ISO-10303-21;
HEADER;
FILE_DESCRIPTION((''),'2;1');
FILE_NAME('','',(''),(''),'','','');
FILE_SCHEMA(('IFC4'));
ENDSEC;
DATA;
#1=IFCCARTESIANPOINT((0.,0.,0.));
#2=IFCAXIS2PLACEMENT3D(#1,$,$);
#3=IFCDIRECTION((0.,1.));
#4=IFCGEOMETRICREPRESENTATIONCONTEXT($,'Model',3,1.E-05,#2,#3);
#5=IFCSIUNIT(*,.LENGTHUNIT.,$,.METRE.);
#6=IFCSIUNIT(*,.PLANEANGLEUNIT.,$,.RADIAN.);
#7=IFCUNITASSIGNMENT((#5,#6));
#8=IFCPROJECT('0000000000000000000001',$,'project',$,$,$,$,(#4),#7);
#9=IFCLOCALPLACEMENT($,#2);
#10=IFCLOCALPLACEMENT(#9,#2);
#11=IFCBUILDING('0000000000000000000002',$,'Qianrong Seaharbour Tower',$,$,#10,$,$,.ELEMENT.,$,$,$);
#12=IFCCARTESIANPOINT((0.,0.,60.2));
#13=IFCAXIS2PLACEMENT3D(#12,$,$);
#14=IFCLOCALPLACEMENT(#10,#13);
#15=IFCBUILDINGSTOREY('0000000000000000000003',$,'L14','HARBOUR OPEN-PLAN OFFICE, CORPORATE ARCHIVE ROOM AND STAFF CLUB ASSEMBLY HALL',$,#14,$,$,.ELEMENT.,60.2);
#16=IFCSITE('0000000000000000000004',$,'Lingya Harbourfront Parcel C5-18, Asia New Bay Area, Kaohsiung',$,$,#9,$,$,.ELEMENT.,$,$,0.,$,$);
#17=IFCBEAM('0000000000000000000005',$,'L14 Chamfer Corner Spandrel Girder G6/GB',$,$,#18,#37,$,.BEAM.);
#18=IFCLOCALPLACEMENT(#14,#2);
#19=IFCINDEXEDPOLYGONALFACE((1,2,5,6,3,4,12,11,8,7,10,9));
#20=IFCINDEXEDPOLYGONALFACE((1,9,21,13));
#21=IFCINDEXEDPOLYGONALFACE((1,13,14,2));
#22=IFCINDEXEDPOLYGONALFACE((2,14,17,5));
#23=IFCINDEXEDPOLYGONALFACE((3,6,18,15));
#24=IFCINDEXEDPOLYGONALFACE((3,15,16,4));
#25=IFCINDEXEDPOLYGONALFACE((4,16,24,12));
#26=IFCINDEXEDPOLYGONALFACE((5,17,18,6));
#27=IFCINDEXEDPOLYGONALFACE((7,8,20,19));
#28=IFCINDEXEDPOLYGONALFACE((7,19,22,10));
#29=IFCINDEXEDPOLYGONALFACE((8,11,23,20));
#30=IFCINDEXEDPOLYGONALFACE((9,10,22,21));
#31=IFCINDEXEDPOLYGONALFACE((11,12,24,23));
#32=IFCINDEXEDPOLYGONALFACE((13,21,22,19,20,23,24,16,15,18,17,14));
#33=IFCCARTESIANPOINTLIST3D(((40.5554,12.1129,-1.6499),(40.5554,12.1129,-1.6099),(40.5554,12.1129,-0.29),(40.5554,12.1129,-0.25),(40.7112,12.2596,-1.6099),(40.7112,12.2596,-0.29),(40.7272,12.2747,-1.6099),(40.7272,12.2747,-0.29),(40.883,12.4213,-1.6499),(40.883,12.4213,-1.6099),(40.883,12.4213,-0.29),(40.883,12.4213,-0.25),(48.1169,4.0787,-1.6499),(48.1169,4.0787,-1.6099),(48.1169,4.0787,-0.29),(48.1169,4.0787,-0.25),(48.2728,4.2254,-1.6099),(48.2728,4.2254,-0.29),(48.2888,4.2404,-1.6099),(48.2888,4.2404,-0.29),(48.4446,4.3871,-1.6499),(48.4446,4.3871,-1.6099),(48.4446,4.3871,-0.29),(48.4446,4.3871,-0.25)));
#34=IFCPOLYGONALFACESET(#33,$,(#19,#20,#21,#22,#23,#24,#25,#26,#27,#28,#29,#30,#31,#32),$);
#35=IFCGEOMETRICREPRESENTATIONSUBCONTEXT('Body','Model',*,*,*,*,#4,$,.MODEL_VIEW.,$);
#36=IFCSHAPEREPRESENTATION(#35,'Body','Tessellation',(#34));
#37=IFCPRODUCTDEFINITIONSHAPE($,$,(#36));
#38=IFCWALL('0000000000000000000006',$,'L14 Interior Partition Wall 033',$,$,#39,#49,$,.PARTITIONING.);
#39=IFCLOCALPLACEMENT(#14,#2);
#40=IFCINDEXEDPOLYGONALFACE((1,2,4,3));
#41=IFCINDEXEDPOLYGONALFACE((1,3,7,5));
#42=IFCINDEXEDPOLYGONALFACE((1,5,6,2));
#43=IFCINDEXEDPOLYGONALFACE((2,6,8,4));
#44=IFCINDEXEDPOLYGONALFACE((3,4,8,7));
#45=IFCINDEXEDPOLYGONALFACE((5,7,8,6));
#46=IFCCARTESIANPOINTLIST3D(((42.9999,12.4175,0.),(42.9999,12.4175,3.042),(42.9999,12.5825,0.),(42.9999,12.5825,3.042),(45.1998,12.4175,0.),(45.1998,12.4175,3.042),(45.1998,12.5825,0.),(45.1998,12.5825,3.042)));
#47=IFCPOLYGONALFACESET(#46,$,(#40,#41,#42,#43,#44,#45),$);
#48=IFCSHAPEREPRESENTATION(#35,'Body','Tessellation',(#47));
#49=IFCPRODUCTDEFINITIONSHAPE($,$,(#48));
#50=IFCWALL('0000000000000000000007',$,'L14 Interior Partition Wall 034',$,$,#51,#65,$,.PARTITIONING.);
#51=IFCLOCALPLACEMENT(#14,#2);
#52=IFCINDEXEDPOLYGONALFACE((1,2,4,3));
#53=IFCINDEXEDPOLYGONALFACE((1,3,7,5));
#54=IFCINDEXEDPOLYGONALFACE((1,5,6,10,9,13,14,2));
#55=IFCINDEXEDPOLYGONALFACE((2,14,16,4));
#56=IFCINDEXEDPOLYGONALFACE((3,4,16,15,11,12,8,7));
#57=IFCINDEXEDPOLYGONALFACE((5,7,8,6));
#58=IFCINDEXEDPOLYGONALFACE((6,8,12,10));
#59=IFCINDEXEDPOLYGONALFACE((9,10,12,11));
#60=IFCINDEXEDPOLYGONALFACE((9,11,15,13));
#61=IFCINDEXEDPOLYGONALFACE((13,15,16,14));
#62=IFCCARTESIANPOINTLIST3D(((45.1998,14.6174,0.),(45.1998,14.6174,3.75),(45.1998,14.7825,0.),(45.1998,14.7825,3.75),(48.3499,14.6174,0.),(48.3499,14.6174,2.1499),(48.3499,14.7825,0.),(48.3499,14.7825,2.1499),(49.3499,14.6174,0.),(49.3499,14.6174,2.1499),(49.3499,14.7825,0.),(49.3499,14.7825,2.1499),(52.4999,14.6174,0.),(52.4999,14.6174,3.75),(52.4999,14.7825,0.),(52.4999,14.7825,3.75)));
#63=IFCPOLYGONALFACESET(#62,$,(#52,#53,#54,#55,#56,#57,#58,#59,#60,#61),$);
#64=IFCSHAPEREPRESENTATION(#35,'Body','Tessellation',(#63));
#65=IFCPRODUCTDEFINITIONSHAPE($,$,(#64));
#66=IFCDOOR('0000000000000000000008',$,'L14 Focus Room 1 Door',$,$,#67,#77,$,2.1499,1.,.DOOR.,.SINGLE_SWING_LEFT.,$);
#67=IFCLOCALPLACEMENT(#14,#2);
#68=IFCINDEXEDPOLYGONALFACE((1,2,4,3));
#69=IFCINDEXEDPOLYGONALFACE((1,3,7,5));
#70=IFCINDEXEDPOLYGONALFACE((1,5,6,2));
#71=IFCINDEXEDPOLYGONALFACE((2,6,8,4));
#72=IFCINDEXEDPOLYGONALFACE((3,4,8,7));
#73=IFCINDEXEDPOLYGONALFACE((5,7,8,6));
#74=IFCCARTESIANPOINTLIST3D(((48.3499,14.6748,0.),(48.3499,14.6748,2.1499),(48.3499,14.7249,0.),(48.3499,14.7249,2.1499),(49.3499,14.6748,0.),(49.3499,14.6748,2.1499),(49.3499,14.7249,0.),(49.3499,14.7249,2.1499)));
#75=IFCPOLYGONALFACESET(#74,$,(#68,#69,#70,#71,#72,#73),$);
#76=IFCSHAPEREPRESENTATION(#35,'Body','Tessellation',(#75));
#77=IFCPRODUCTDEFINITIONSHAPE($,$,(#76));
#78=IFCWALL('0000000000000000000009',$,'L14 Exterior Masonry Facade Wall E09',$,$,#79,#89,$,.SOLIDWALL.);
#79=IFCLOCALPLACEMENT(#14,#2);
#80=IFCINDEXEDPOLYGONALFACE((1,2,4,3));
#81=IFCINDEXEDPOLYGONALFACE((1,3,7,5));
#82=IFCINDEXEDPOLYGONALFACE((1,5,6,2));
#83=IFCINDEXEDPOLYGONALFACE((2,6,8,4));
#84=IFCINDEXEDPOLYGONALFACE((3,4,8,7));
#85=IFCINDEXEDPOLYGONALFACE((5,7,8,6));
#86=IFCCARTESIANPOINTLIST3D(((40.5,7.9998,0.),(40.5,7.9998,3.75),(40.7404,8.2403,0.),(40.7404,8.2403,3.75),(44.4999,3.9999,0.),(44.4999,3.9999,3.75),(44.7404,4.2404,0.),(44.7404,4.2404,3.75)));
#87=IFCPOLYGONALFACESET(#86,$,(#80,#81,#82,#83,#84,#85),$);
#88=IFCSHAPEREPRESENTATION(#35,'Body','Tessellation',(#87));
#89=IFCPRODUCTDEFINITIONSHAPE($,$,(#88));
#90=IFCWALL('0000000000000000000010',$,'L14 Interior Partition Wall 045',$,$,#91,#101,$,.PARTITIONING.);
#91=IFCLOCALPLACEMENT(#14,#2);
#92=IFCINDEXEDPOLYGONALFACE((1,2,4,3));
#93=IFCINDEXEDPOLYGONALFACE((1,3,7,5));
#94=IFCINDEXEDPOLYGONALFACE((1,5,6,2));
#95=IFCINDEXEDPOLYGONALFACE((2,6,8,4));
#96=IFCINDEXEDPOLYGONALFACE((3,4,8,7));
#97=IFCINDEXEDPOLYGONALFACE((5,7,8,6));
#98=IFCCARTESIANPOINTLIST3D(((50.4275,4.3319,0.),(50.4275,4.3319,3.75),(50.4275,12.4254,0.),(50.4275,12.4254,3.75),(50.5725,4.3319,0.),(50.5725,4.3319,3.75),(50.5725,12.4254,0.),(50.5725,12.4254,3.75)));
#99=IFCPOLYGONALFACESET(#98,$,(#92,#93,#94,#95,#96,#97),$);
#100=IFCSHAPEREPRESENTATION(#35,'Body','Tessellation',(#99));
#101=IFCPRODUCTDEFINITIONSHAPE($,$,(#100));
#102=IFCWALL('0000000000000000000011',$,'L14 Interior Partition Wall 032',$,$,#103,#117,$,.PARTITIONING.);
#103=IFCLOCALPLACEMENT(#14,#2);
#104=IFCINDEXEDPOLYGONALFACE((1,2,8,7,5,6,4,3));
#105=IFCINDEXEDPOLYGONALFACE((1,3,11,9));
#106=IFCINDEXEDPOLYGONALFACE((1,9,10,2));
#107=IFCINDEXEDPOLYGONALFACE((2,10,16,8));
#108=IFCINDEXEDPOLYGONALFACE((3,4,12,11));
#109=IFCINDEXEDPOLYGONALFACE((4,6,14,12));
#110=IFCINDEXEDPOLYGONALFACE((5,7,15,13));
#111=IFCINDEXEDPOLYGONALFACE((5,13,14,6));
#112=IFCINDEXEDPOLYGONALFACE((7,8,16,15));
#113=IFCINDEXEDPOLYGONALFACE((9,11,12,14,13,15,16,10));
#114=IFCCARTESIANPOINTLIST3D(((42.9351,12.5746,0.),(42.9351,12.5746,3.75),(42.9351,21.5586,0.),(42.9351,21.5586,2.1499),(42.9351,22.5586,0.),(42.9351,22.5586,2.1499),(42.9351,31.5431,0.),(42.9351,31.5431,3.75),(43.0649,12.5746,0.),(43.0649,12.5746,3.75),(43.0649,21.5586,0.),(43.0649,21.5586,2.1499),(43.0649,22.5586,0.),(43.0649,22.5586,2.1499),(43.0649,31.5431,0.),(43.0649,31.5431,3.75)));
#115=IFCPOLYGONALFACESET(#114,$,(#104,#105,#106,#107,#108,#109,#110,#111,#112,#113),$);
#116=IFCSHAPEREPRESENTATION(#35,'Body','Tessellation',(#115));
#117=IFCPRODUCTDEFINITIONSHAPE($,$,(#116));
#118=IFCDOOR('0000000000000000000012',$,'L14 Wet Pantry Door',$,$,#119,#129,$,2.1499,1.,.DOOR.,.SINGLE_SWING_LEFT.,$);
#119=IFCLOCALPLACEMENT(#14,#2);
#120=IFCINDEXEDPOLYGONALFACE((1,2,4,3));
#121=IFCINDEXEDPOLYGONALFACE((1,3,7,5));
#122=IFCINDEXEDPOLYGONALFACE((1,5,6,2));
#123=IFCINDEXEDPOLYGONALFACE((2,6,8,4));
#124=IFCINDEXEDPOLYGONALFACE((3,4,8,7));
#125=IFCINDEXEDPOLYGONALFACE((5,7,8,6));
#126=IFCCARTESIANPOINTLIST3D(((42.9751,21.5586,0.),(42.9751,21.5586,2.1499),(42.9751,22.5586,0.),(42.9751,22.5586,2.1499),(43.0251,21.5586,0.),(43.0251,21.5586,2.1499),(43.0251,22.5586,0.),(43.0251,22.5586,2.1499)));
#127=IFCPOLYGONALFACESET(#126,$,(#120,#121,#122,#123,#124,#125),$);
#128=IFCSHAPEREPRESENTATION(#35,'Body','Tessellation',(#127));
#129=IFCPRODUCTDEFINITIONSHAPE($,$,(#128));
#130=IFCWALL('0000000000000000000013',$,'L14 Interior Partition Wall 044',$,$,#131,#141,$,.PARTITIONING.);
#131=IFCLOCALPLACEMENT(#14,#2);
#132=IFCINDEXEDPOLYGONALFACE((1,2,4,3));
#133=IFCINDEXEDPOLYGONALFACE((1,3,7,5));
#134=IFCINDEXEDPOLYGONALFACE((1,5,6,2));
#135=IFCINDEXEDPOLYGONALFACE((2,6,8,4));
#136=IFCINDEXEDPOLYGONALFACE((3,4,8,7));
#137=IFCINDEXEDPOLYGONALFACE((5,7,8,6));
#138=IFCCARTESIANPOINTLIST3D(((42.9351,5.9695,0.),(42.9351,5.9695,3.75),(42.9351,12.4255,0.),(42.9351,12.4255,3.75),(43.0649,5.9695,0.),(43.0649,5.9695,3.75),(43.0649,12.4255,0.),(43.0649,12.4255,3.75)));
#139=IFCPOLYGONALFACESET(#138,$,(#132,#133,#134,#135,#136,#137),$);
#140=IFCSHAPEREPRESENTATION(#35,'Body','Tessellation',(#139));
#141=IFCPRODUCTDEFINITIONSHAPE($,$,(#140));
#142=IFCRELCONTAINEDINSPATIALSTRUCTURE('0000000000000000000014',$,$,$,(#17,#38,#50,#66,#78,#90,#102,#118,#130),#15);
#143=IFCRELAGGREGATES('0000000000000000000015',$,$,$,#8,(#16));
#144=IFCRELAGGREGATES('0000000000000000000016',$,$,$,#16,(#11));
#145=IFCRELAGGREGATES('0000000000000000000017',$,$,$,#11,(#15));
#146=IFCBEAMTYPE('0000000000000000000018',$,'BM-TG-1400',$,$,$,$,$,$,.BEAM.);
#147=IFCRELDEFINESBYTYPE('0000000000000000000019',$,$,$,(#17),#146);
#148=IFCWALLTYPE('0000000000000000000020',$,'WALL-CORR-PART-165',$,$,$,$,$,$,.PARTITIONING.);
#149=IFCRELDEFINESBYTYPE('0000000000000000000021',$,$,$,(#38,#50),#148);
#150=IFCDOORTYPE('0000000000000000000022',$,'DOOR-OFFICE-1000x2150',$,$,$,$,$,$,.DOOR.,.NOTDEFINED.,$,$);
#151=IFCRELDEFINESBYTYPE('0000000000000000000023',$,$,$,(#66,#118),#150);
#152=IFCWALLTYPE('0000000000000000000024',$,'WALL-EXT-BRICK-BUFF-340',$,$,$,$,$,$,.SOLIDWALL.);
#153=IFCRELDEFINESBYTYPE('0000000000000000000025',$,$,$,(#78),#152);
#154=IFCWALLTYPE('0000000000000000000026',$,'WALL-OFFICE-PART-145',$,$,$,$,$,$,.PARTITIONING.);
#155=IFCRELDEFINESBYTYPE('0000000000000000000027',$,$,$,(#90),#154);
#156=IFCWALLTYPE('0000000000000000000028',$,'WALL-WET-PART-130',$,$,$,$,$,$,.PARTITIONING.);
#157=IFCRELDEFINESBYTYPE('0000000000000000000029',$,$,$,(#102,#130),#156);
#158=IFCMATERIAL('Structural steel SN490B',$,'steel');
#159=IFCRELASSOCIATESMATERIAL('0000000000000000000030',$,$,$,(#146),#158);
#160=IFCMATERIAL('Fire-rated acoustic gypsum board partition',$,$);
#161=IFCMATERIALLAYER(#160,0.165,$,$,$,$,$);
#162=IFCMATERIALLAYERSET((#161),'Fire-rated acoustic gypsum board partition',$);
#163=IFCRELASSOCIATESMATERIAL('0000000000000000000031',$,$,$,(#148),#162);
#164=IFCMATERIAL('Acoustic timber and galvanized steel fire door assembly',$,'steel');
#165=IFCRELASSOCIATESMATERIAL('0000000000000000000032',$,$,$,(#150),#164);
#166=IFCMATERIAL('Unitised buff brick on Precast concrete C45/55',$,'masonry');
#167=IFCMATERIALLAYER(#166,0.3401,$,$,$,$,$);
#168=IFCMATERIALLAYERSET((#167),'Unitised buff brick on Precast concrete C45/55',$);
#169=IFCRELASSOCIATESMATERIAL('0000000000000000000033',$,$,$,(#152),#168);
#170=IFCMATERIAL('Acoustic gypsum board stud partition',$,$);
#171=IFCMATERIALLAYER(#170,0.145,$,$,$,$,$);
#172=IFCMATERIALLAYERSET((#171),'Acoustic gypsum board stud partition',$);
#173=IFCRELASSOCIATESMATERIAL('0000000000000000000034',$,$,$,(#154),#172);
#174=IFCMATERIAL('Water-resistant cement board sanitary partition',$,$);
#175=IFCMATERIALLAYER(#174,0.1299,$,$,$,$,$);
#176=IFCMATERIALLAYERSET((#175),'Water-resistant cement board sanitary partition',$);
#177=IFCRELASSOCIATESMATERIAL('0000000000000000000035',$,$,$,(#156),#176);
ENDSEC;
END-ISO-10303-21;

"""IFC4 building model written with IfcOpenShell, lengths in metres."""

from ifc_helpers import new_model, si_unit, direction, frame, frame_2d, origin, origin_2d, place, context, subcontext, project, spatial, rectangle, i_section, extrude, material, layer, layer_set, material_profile, profile_set, type_object, element, fill, save


model = new_model("IFC4")

# Units and contexts
model_context = context("Model", 3, precision=1e-05, world=origin(), true_north=direction((0.0, 1.0)))
body_context = subcontext(model_context, "Body", "Model", "MODEL_VIEW")
ifc_project = project(units=[si_unit("LENGTHUNIT", "METRE"), si_unit("PLANEANGLEUNIT", "RADIAN")], contexts=[model_context])

# Site, building, storey
site_placement = place(None, origin())
site = spatial("IfcSite", under=ifc_project, at=site_placement, Name="Lingya Harbourfront Parcel C5-18, Asia New Bay Area, Kaohsiung", CompositionType="ELEMENT", RefElevation=0.0)
building_placement = place(site_placement, origin())
building = spatial("IfcBuilding", under=site, at=building_placement, Name="Qianrong Seaharbour Tower", CompositionType="ELEMENT")
storey_placement = place(building_placement, frame((0.0, 0.0, 60.2)))
storey = spatial("IfcBuildingStorey", under=building, at=storey_placement, Name="L14", Description="HARBOUR OPEN-PLAN OFFICE, CORPORATE ARCHIVE ROOM AND STAFF CLUB ASSEMBLY HALL", CompositionType="ELEMENT", Elevation=60.2)

# Shared definitions
ifc_material_1 = material(Name="Structural steel SN490B", Category="steel")

# Beam
ifc_material_profile_1 = material_profile(ifc_material_1, i_section(OverallWidth=0.45, OverallDepth=1.3999, WebThickness=0.022, FlangeThickness=0.04, at=origin_2d()), Name="BH1400x450x22x40")
ifc_profile_set_1 = profile_set([ifc_material_profile_1], Name="Structural steel SN490B")
beam_type_1 = type_object("IfcBeamType", Name="BM-TG-1400", PredefinedType="BEAM", material=ifc_profile_set_1)
beam_1_placement = place(storey_placement, frame((48.2808, 4.2329, -0.95), z_axis=(-0.685362, 0.728203, 0.0), x_axis=(-0.728203, -0.685362, 0.0)))
element("IfcBeam", 1, at=beam_1_placement, inside=storey, type_object=beam_type_1, Name="L14 Chamfer Corner Spandrel Girder G6/GB", PredefinedType="BEAM", context=body_context, shape_type="SweptSolid", body=[
    extrude(i_section(OverallWidth=0.45, OverallDepth=1.3999, WebThickness=0.022, FlangeThickness=0.04, at=origin_2d()), origin(), (0.0, 0.0, 1.0), 11.033),
])

# Wall
ifc_material_2 = material(Name="Fire-rated acoustic gypsum board partition")
ifc_layer_1 = layer(ifc_material_2, 0.165)
ifc_layer_set_1 = layer_set([ifc_layer_1], Name="Fire-rated acoustic gypsum board partition")
wall_type_1 = type_object("IfcWallType", Name="WALL-CORR-PART-165", PredefinedType="PARTITIONING", material=ifc_layer_set_1)
wall_1_placement = place(storey_placement, frame((45.2, 12.5, 0.0), z_axis=(0.0, 0.0, 1.0), x_axis=(-1.0, 0.0, 0.0)))
element("IfcWall", 2, at=wall_1_placement, inside=storey, type_object=wall_type_1, Name="L14 Interior Partition Wall 033", PredefinedType="PARTITIONING", context=body_context, shape_type="SweptSolid", body=[
    extrude(rectangle(XDim=2.2, YDim=0.165, at=frame_2d((1.1001, 0.0))), origin(), (0.0, 0.0, 1.0), 3.042),
])

# Wall, opening, door
wall_2_placement = place(storey_placement, frame((45.2, 14.7, 0.0), z_axis=(0.0, 0.0, 1.0), x_axis=(1.0, 0.0, 0.0)))
wall_2 = element("IfcWall", 3, at=wall_2_placement, inside=storey, type_object=wall_type_1, Name="L14 Interior Partition Wall 034", PredefinedType="PARTITIONING", context=body_context, shape_type="SweptSolid", body=[
    extrude(rectangle(XDim=7.3, YDim=0.165, at=frame_2d((3.6499, 0.0))), origin(), (0.0, 0.0, 1.0), 3.75),
])
opening_1_placement = place(wall_2_placement, frame((3.1499, 0.0, 0.0)))
opening_1 = element("IfcOpeningElement", 4, at=opening_1_placement, cuts=wall_2, PredefinedType="OPENING", context=body_context, shape_type="SweptSolid", body=[
    extrude(rectangle(XDim=1.0, YDim=2.1499, at=frame_2d((0.5, 1.075))), frame((0.0, 0.0925, 0.0), z_axis=(0.0, -1.0, 0.0), x_axis=(1.0, 0.0, 0.0)), (0.0, 0.0, 1.0), 0.1851),
])
ifc_material_3 = material(Name="Acoustic timber and galvanized steel fire door assembly", Category="steel")
door_type = type_object("IfcDoorType", Name="DOOR-OFFICE-1000x2150", OperationType="NOTDEFINED", PredefinedType="DOOR", material=ifc_material_3)
door_1_placement = place(opening_1_placement, origin())
door_1 = element("IfcDoor", 5, at=door_1_placement, inside=storey, type_object=door_type, Name="L14 Focus Room 1 Door", OperationType="SINGLE_SWING_LEFT", OverallHeight=2.1499, OverallWidth=1.0, PredefinedType="DOOR", context=body_context, shape_type="SweptSolid", body=[
    extrude(rectangle(XDim=1.0, YDim=2.1499, at=frame_2d((0.5, 1.075))), frame((0.0, 0.0249, 0.0), z_axis=(0.0, -1.0, 0.0), x_axis=(1.0, 0.0, 0.0)), (0.0, 0.0, 1.0), 0.05),
])
fill(opening_1, door_1)

# Walls
ifc_material_4 = material(Name="Unitised buff brick on Precast concrete C45/55", Category="masonry")
ifc_layer_2 = layer(ifc_material_4, 0.3401)
ifc_layer_set_2 = layer_set([ifc_layer_2], Name="Unitised buff brick on Precast concrete C45/55")
wall_type_2 = type_object("IfcWallType", Name="WALL-EXT-BRICK-BUFF-340", PredefinedType="SOLIDWALL", material=ifc_layer_set_2)
wall_3_placement = place(storey_placement, frame((44.6201, 4.1201, 0.0), z_axis=(0.0, 0.0, 1.0), x_axis=(-0.707107, 0.707107, 0.0)))
element("IfcWall", 6, at=wall_3_placement, inside=storey, type_object=wall_type_2, Name="L14 Exterior Masonry Facade Wall E09", PredefinedType="SOLIDWALL", context=body_context, shape_type="SweptSolid", body=[
    extrude(rectangle(XDim=5.6567, YDim=0.3401, at=frame_2d((2.8284, 0.0))), origin(), (0.0, 0.0, 1.0), 3.75),
])
ifc_material_5 = material(Name="Acoustic gypsum board stud partition")
ifc_layer_3 = layer(ifc_material_5, 0.145)
ifc_layer_set_3 = layer_set([ifc_layer_3], Name="Acoustic gypsum board stud partition")
wall_type_3 = type_object("IfcWallType", Name="WALL-OFFICE-PART-145", PredefinedType="PARTITIONING", material=ifc_layer_set_3)
wall_4_placement = place(storey_placement, frame((50.5, 12.4255, 0.0), z_axis=(0.0, 0.0, 1.0), x_axis=(0.0, -1.0, 0.0)))
element("IfcWall", 7, at=wall_4_placement, inside=storey, type_object=wall_type_3, Name="L14 Interior Partition Wall 045", PredefinedType="PARTITIONING", context=body_context, shape_type="SweptSolid", body=[
    extrude(rectangle(XDim=8.0935, YDim=0.145, at=frame_2d((4.0469, 0.0))), origin(), (0.0, 0.0, 1.0), 3.75),
])

# Wall, opening, door
ifc_material_6 = material(Name="Water-resistant cement board sanitary partition")
ifc_layer_4 = layer(ifc_material_6, 0.1299)
ifc_layer_set_4 = layer_set([ifc_layer_4], Name="Water-resistant cement board sanitary partition")
wall_type_4 = type_object("IfcWallType", Name="WALL-WET-PART-130", PredefinedType="PARTITIONING", material=ifc_layer_set_4)
wall_5_placement = place(storey_placement, frame((43.0, 12.5745, 0.0), z_axis=(0.0, 0.0, 1.0), x_axis=(0.0, 1.0, 0.0)))
wall_5 = element("IfcWall", 8, at=wall_5_placement, inside=storey, type_object=wall_type_4, Name="L14 Interior Partition Wall 032", PredefinedType="PARTITIONING", context=body_context, shape_type="SweptSolid", body=[
    extrude(rectangle(XDim=18.9685, YDim=0.1299, at=frame_2d((9.4844, 0.0))), origin(), (0.0, 0.0, 1.0), 3.75),
])
opening_2_placement = place(wall_5_placement, frame((8.9841, 0.0, 0.0)))
opening_2 = element("IfcOpeningElement", 9, at=opening_2_placement, cuts=wall_5, PredefinedType="OPENING", context=body_context, shape_type="SweptSolid", body=[
    extrude(rectangle(XDim=1.0, YDim=2.1499, at=frame_2d((0.5, 1.075))), frame((0.0, 0.075, 0.0), z_axis=(0.0, -1.0, 0.0), x_axis=(1.0, 0.0, 0.0)), (0.0, 0.0, 1.0), 0.1499),
])
door_2_placement = place(opening_2_placement, origin())
door_2 = element("IfcDoor", 10, at=door_2_placement, inside=storey, type_object=door_type, Name="L14 Wet Pantry Door", OperationType="SINGLE_SWING_LEFT", OverallHeight=2.1499, OverallWidth=1.0, PredefinedType="DOOR", context=body_context, shape_type="SweptSolid", body=[
    extrude(rectangle(XDim=1.0, YDim=2.1499, at=frame_2d((0.5, 1.075))), frame((0.0, 0.0249, 0.0), z_axis=(0.0, -1.0, 0.0), x_axis=(1.0, 0.0, 0.0)), (0.0, 0.0, 1.0), 0.05),
])
fill(opening_2, door_2)

# Wall
wall_6_placement = place(storey_placement, frame((43.0, 12.4255, 0.0), z_axis=(0.0, 0.0, 1.0), x_axis=(0.0, -1.0, 0.0)))
element("IfcWall", 11, at=wall_6_placement, inside=storey, type_object=wall_type_4, Name="L14 Interior Partition Wall 044", PredefinedType="PARTITIONING", context=body_context, shape_type="SweptSolid", body=[
    extrude(rectangle(XDim=6.4561, YDim=0.1299, at=frame_2d((3.228, 0.0))), origin(), (0.0, 0.0, 1.0), 3.75),
])

save(model, "model.ifc")
